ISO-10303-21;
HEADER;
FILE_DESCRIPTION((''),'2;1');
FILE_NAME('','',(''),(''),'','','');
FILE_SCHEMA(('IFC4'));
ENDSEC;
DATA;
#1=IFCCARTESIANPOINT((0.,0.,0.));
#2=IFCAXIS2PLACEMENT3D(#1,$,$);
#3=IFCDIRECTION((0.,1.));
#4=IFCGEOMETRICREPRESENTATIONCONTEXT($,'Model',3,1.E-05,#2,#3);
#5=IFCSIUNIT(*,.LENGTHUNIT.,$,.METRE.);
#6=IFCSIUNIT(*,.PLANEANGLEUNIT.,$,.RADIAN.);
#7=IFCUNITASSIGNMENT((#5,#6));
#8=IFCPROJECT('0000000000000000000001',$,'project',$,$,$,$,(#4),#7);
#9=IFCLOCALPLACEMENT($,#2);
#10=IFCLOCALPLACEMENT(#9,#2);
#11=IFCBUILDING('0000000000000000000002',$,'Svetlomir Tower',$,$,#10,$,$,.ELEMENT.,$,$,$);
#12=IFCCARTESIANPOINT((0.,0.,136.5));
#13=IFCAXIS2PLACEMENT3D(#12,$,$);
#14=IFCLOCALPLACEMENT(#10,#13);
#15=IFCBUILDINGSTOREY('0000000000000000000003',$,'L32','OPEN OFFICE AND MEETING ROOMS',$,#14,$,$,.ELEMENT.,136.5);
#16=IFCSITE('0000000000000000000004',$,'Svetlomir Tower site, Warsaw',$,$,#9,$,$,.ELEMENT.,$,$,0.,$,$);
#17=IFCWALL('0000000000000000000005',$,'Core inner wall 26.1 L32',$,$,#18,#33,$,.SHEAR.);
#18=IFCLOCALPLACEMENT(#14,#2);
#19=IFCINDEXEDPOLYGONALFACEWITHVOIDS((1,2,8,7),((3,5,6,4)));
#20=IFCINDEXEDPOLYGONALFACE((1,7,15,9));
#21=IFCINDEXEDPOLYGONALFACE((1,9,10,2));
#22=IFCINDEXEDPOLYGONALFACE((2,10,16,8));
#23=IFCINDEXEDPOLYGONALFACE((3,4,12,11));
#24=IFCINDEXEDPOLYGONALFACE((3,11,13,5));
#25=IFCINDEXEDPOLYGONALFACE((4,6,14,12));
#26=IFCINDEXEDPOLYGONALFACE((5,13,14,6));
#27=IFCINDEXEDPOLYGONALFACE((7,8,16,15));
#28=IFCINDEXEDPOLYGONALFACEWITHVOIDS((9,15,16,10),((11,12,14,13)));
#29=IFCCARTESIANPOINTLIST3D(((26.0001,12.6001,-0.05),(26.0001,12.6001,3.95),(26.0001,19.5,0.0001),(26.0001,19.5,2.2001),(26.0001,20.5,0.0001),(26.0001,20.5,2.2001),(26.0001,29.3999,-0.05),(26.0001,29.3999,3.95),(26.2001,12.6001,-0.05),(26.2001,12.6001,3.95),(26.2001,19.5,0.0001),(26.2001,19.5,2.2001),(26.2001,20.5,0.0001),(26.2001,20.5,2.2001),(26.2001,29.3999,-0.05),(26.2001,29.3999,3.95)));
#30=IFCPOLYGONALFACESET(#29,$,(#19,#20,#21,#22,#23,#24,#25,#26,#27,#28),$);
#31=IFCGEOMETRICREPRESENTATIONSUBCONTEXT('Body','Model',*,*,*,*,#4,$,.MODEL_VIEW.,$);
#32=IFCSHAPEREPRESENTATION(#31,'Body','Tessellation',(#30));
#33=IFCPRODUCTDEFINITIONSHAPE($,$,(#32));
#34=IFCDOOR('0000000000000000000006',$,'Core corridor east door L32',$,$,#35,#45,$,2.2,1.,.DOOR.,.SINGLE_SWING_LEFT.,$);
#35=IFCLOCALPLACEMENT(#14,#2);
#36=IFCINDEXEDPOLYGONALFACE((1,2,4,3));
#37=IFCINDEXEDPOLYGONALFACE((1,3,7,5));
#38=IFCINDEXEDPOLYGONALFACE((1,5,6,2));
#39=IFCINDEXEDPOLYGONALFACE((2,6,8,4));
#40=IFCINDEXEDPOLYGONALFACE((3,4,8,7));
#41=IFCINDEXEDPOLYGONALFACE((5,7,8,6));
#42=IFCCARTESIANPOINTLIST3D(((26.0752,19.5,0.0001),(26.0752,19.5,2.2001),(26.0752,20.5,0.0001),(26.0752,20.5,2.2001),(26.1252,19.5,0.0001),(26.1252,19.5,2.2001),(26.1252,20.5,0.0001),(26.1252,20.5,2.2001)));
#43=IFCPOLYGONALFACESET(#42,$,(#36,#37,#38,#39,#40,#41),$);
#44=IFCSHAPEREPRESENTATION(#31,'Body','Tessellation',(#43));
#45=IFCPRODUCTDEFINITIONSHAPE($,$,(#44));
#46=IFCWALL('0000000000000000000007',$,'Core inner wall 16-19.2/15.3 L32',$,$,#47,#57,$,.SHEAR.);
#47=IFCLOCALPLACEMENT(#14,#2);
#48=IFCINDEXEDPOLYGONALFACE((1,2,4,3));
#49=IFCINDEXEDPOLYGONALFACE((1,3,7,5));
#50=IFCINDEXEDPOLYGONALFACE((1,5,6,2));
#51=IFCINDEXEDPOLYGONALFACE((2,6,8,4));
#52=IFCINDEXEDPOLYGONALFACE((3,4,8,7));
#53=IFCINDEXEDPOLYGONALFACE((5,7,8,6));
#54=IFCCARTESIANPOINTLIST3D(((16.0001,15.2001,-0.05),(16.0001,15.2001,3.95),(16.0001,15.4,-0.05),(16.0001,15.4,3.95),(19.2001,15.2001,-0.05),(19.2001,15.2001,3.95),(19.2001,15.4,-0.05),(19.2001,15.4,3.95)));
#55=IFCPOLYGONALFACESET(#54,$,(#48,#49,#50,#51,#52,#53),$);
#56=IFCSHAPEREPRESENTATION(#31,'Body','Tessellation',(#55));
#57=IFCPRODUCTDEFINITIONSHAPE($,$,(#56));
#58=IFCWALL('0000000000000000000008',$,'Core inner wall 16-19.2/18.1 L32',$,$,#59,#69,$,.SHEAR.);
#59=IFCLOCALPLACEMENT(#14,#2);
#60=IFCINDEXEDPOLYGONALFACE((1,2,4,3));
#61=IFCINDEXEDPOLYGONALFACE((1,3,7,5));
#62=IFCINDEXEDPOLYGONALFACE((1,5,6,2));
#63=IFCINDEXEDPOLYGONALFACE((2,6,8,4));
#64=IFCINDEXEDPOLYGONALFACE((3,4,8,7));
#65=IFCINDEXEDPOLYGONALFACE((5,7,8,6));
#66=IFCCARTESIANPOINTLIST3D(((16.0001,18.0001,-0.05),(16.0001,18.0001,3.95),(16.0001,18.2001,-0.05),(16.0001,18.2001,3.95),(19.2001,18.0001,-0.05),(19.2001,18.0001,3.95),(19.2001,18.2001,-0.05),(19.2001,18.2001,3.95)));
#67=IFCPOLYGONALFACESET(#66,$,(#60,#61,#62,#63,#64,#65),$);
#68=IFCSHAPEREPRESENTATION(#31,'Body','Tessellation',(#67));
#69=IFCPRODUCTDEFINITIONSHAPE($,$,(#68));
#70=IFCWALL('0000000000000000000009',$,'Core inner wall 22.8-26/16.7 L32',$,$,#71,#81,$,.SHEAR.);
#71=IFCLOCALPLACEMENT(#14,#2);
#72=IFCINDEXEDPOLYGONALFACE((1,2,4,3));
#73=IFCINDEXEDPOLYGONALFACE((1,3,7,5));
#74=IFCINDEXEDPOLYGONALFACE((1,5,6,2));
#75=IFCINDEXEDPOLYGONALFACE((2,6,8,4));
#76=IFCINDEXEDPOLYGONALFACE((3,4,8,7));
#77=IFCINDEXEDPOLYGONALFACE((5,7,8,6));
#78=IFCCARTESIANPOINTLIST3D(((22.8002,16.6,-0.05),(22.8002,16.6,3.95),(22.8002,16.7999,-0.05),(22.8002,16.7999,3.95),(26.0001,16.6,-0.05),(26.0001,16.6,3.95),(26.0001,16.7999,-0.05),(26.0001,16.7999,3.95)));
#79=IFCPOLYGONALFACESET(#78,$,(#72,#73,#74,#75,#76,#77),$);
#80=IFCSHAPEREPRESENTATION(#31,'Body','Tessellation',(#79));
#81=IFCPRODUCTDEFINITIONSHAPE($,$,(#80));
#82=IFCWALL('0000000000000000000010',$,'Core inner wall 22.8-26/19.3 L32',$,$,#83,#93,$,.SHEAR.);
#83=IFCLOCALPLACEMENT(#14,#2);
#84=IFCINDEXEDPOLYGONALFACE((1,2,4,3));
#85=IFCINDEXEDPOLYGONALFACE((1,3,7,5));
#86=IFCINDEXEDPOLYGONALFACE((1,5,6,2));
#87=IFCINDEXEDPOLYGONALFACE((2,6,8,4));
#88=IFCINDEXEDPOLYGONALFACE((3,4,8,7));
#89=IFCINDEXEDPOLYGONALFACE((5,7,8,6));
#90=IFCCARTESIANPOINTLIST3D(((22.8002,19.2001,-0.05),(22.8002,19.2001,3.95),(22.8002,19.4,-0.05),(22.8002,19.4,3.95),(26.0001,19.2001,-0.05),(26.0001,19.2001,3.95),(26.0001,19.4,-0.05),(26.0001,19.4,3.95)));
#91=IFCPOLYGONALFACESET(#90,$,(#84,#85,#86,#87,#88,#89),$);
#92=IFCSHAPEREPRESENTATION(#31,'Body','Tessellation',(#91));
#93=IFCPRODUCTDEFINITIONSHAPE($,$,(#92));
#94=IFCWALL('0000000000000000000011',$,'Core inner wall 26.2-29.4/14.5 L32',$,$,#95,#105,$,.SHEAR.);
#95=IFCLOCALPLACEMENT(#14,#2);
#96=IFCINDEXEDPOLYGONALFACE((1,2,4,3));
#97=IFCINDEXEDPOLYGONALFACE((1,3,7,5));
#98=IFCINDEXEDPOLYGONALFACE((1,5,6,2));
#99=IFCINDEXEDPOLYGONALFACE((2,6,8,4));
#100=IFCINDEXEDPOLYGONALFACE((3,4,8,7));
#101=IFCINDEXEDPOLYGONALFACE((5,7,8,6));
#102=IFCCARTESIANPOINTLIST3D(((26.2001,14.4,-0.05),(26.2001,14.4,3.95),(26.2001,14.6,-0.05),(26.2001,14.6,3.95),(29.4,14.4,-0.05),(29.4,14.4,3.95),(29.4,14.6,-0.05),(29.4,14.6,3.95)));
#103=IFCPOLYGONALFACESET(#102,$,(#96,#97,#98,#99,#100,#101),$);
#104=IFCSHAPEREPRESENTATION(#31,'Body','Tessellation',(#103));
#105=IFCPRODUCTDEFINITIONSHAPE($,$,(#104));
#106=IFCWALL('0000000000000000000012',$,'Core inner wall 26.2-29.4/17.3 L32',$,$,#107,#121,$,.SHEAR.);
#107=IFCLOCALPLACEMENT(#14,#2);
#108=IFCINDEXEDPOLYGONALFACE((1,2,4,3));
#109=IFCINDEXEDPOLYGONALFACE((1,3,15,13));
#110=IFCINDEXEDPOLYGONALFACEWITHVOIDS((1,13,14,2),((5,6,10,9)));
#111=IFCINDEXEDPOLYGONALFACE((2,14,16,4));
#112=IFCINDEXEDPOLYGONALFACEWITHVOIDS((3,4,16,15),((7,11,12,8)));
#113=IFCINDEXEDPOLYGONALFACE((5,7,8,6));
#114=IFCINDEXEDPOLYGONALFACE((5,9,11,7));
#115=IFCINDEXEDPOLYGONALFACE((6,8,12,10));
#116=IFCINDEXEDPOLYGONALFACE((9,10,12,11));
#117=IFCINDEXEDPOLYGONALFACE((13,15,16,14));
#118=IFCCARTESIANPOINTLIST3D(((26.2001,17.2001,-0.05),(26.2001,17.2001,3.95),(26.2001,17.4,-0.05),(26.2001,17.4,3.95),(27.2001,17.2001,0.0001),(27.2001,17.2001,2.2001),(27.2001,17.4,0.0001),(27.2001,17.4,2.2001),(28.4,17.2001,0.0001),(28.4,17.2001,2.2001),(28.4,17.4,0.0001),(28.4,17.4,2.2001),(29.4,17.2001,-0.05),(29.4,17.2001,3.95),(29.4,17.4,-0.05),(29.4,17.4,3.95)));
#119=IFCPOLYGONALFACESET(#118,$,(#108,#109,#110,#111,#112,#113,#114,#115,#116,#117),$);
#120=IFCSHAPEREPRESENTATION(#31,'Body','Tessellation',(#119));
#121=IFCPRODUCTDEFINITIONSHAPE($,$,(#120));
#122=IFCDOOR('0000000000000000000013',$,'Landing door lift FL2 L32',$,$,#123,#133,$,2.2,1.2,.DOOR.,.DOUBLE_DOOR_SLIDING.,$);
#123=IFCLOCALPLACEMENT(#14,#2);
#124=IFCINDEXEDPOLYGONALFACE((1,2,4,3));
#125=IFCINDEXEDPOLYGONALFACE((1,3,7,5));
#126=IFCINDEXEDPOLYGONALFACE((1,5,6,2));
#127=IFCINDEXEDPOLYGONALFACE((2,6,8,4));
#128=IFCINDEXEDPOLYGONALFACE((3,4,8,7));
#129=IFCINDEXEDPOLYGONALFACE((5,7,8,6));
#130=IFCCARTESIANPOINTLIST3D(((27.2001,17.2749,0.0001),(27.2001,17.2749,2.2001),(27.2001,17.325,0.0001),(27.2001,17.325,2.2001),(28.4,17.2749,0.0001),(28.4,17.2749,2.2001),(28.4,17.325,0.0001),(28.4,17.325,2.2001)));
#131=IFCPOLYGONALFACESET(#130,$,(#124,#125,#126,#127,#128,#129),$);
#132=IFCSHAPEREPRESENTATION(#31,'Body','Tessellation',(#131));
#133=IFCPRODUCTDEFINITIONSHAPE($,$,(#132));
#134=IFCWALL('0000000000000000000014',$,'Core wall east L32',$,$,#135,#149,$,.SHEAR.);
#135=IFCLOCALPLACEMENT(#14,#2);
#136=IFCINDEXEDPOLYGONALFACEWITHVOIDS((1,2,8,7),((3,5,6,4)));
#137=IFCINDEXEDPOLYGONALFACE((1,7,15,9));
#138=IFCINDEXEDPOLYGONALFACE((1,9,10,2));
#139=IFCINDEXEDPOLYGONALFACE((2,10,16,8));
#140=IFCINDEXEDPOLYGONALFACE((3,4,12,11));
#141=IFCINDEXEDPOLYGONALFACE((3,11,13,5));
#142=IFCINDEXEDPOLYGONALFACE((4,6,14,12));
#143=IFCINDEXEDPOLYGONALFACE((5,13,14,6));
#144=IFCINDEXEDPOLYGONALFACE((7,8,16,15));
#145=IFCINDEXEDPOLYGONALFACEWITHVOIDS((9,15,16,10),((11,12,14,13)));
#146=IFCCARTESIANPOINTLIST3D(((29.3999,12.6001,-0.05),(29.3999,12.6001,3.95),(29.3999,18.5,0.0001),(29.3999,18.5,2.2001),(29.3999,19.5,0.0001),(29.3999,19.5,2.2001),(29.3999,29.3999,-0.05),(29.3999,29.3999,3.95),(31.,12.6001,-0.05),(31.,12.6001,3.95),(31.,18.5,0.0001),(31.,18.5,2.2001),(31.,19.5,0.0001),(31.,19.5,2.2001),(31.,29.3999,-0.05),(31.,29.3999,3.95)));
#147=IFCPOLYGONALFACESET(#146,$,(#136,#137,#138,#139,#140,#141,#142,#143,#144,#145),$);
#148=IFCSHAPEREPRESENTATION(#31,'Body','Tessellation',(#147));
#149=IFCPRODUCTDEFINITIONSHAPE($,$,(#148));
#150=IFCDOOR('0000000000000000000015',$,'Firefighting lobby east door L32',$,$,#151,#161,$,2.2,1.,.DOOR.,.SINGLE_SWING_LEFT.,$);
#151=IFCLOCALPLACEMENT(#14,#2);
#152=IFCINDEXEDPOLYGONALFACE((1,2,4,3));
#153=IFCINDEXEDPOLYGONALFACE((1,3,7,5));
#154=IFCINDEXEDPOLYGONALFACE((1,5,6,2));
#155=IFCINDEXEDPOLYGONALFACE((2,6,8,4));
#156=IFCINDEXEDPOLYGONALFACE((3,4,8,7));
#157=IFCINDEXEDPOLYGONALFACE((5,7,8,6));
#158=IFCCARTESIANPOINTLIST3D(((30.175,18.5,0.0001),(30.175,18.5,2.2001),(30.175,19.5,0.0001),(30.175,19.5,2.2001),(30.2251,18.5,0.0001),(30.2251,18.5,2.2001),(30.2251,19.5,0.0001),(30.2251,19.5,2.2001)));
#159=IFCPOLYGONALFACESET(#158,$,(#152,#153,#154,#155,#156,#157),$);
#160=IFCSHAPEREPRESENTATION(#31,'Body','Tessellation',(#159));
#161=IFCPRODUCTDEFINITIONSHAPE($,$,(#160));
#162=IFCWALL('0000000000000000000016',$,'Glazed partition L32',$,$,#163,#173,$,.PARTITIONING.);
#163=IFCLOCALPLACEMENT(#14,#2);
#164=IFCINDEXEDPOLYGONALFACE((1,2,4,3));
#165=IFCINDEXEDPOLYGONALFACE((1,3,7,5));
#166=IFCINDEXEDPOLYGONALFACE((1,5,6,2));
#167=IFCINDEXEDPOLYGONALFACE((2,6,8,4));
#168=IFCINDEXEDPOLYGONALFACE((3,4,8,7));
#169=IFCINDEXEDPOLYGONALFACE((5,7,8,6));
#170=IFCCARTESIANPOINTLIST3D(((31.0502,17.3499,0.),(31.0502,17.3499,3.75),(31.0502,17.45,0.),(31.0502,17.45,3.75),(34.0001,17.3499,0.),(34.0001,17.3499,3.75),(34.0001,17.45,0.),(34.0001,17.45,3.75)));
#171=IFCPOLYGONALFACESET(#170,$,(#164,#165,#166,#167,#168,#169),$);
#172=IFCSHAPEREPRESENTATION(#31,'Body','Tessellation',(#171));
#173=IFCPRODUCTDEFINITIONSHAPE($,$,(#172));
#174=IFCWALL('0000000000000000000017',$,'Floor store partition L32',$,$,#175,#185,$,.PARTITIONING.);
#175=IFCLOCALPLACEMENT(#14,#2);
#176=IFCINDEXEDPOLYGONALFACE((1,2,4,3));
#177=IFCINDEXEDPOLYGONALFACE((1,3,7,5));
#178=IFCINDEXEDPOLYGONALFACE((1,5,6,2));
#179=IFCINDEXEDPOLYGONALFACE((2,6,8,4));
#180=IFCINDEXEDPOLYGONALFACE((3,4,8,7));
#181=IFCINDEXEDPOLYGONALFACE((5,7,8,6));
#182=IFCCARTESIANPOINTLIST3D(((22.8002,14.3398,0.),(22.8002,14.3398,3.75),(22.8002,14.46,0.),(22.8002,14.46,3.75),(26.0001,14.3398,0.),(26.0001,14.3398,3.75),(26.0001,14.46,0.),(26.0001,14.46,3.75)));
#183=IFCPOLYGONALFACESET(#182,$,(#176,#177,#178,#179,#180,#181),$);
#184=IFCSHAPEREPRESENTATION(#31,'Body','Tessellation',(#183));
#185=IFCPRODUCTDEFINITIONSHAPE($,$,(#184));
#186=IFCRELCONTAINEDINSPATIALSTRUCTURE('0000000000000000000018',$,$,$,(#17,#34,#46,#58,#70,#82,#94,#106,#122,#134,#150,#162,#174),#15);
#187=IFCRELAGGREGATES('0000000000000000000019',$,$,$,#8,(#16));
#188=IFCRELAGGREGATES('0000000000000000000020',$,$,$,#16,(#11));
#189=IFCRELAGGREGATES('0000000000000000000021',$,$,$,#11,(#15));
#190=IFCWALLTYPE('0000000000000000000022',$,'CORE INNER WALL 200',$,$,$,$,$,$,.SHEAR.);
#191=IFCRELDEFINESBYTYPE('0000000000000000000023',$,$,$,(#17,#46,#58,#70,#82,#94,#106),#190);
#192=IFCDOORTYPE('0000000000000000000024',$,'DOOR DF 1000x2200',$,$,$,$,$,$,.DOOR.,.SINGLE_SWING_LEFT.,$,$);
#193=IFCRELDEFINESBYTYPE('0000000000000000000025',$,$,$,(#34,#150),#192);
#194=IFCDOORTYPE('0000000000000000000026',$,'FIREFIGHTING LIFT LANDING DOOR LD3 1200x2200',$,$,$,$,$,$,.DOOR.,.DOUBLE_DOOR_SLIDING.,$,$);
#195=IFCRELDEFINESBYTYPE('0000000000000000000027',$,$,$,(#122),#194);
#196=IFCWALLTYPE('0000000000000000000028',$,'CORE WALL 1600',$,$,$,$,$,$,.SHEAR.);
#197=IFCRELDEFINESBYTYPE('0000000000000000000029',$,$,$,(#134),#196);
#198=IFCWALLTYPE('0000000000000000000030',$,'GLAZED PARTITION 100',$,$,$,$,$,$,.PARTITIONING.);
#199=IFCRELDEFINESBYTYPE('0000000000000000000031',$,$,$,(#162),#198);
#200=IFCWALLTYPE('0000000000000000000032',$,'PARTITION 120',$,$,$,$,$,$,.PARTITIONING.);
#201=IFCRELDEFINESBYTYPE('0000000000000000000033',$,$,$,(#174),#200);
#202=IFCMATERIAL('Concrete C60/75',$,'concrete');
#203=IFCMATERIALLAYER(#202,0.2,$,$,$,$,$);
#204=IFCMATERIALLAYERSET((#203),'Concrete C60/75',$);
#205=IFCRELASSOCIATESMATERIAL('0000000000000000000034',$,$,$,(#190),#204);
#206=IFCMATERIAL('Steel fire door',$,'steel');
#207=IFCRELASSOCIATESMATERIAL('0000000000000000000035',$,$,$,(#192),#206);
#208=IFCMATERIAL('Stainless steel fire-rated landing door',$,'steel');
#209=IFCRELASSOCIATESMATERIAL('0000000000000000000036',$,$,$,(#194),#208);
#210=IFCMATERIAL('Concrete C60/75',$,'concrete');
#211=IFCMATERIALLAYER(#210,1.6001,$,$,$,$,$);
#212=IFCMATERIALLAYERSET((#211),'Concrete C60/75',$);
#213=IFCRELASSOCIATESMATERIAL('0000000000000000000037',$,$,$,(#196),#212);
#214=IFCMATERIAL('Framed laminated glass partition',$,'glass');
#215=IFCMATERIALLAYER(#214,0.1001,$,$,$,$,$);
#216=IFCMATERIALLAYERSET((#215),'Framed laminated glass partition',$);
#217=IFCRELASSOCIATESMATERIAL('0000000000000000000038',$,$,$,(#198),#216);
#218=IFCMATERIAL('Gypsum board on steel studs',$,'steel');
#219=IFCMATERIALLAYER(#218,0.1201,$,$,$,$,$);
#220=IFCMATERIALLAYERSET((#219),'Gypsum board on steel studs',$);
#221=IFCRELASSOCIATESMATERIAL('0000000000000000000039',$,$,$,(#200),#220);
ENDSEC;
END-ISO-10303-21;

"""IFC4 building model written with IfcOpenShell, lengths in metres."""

from ifc_helpers import new_model, si_unit, direction, frame, frame_2d, origin, place, context, subcontext, project, spatial, rectangle, extrude, material, layer, layer_set, type_object, element, fill, save


model = new_model("IFC4")

# Units and contexts
model_context = context("Model", 3, precision=1e-05, world=origin(), true_north=direction((0.0, 1.0)))
body_context = subcontext(model_context, "Body", "Model", "MODEL_VIEW")
ifc_project = project(units=[si_unit("LENGTHUNIT", "METRE"), si_unit("PLANEANGLEUNIT", "RADIAN")], contexts=[model_context])

# Site, building, storey
site_placement = place(None, origin())
site = spatial("IfcSite", under=ifc_project, at=site_placement, Name="Svetlomir Tower site, Warsaw", CompositionType="ELEMENT", RefElevation=0.0)
building_placement = place(site_placement, origin())
building = spatial("IfcBuilding", under=site, at=building_placement, Name="Svetlomir Tower", CompositionType="ELEMENT")
storey_placement = place(building_placement, frame((0.0, 0.0, 136.5)))
storey = spatial("IfcBuildingStorey", under=building, at=storey_placement, Name="L32", Description="OPEN OFFICE AND MEETING ROOMS", CompositionType="ELEMENT", Elevation=136.5)

# Wall, opening, door
ifc_material_1 = material(Name="Concrete C60/75", Category="concrete")
ifc_layer_1 = layer(ifc_material_1, 0.2)
ifc_layer_set_1 = layer_set([ifc_layer_1], Name="Concrete C60/75")
wall_type_1 = type_object("IfcWallType", Name="CORE INNER WALL 200", PredefinedType="SHEAR", material=ifc_layer_set_1)
wall_1_placement = place(storey_placement, frame((26.1001, 12.6001, -0.05), z_axis=(0.0, 0.0, 1.0), x_axis=(0.0, 1.0, 0.0)))
wall_1 = element("IfcWall", 1, at=wall_1_placement, inside=storey, type_object=wall_type_1, Name="Core inner wall 26.1 L32", PredefinedType="SHEAR", context=body_context, shape_type="SweptSolid", body=[
    extrude(rectangle(XDim=16.7998, YDim=0.2, at=frame_2d((8.3999, 0.0))), origin(), (0.0, 0.0, 1.0), 4.0),
])
opening_1_placement = place(wall_1_placement, frame((6.8999, 0.0, 0.05)))
opening_1 = element("IfcOpeningElement", 2, at=opening_1_placement, cuts=wall_1, PredefinedType="OPENING", context=body_context, shape_type="SweptSolid", body=[
    extrude(rectangle(XDim=1.0, YDim=2.2, at=frame_2d((0.5, 1.1001))), frame((0.0, 0.1099, 0.0), z_axis=(0.0, -1.0, 0.0), x_axis=(1.0, 0.0, 0.0)), (0.0, 0.0, 1.0), 0.22),
])
ifc_material_2 = material(Name="Steel fire door", Category="steel")
door_type_1 = type_object("IfcDoorType", Name="DOOR DF 1000x2200", OperationType="SINGLE_SWING_LEFT", PredefinedType="DOOR", material=ifc_material_2)
door_1_placement = place(opening_1_placement, origin())
door_1 = element("IfcDoor", 3, at=door_1_placement, inside=storey, type_object=door_type_1, Name="Core corridor east door L32", OperationType="SINGLE_SWING_LEFT", OverallHeight=2.2, OverallWidth=1.0, PredefinedType="DOOR", context=body_context, shape_type="SweptSolid", body=[
    extrude(rectangle(XDim=1.0, YDim=2.2, at=frame_2d((0.5, 1.1001))), frame((0.0, 0.0249, 0.0), z_axis=(0.0, -1.0, 0.0), x_axis=(1.0, 0.0, 0.0)), (0.0, 0.0, 1.0), 0.05),
])
fill(opening_1, door_1)

# Walls
for number, where, z_axis, x_axis, name in (
    (4, (16.0, 15.3, -0.05), (0.0, 0.0, 1.0), (1.0, 0.0, 0.0), "Core inner wall 16-19.2/15.3 L32"),
    (5, (16.0, 18.1001, -0.05), (0.0, 0.0, 1.0), (1.0, 0.0, 0.0), "Core inner wall 16-19.2/18.1 L32"),
    (6, (22.8, 16.7, -0.05), (0.0, 0.0, 1.0), (1.0, 0.0, 0.0), "Core inner wall 22.8-26/16.7 L32"),
    (7, (22.8, 19.3, -0.05), (0.0, 0.0, 1.0), (1.0, 0.0, 0.0), "Core inner wall 22.8-26/19.3 L32"),
    (8, (26.2, 14.5, -0.05), (0.0, 0.0, 1.0), (1.0, 0.0, 0.0), "Core inner wall 26.2-29.4/14.5 L32"),
):
    element("IfcWall", number, at=place(storey_placement, frame(where, z_axis=z_axis, x_axis=x_axis)), inside=storey, type_object=wall_type_1, Name=name, PredefinedType="SHEAR", context=body_context, shape_type="SweptSolid", body=[
        extrude(rectangle(XDim=3.2, YDim=0.2, at=frame_2d((1.6001, 0.0))), origin(), (0.0, 0.0, 1.0), 4.0),
    ])

# Walls, openings, doors
wall_2_placement = place(storey_placement, frame((26.2, 17.3, -0.05), z_axis=(0.0, 0.0, 1.0), x_axis=(1.0, 0.0, 0.0)))
wall_2 = element("IfcWall", 9, at=wall_2_placement, inside=storey, type_object=wall_type_1, Name="Core inner wall 26.2-29.4/17.3 L32", PredefinedType="SHEAR", context=body_context, shape_type="SweptSolid", body=[
    extrude(rectangle(XDim=3.2, YDim=0.2, at=frame_2d((1.6001, 0.0))), origin(), (0.0, 0.0, 1.0), 4.0),
])
opening_2_placement = place(wall_2_placement, frame((1.0, 0.0, 0.05)))
opening_2 = element("IfcOpeningElement", 10, at=opening_2_placement, cuts=wall_2, PredefinedType="OPENING", context=body_context, shape_type="SweptSolid", body=[
    extrude(rectangle(XDim=1.2, YDim=2.2, at=frame_2d((0.6001, 1.1001))), frame((0.0, 0.1099, 0.0), z_axis=(0.0, -1.0, 0.0), x_axis=(1.0, 0.0, 0.0)), (0.0, 0.0, 1.0), 0.22),
])
ifc_material_3 = material(Name="Stainless steel fire-rated landing door", Category="steel")
door_type_2 = type_object("IfcDoorType", Name="FIREFIGHTING LIFT LANDING DOOR LD3 1200x2200", OperationType="DOUBLE_DOOR_SLIDING", PredefinedType="DOOR", material=ifc_material_3)
door_2_placement = place(opening_2_placement, origin())
door_2 = element("IfcDoor", 11, at=door_2_placement, inside=storey, type_object=door_type_2, Name="Landing door lift FL2 L32", OperationType="DOUBLE_DOOR_SLIDING", OverallHeight=2.2, OverallWidth=1.2, PredefinedType="DOOR", context=body_context, shape_type="SweptSolid", body=[
    extrude(rectangle(XDim=1.2, YDim=2.2, at=frame_2d((0.6001, 1.1001))), frame((0.0, 0.0249, 0.0), z_axis=(0.0, -1.0, 0.0), x_axis=(1.0, 0.0, 0.0)), (0.0, 0.0, 1.0), 0.05),
])
fill(opening_2, door_2)
ifc_material_4 = material(Name="Concrete C60/75", Category="concrete")
ifc_layer_2 = layer(ifc_material_4, 1.6001)
ifc_layer_set_2 = layer_set([ifc_layer_2], Name="Concrete C60/75")
wall_type_2 = type_object("IfcWallType", Name="CORE WALL 1600", PredefinedType="SHEAR", material=ifc_layer_set_2)
wall_3_placement = place(storey_placement, frame((30.2, 12.6001, -0.05), z_axis=(0.0, 0.0, 1.0), x_axis=(0.0, 1.0, 0.0)))
wall_3 = element("IfcWall", 12, at=wall_3_placement, inside=storey, type_object=wall_type_2, Name="Core wall east L32", PredefinedType="SHEAR", context=body_context, shape_type="SweptSolid", body=[
    extrude(rectangle(XDim=16.7998, YDim=1.6001, at=frame_2d((8.3999, 0.0))), origin(), (0.0, 0.0, 1.0), 4.0),
])
opening_3_placement = place(wall_3_placement, frame((5.8999, 0.0, 0.05)))
opening_3 = element("IfcOpeningElement", 13, at=opening_3_placement, cuts=wall_3, PredefinedType="OPENING", context=body_context, shape_type="SweptSolid", body=[
    extrude(rectangle(XDim=1.0, YDim=2.2, at=frame_2d((0.5, 1.1001))), frame((0.0, 0.8101, 0.0), z_axis=(0.0, -1.0, 0.0), x_axis=(1.0, 0.0, 0.0)), (0.0, 0.0, 1.0), 1.6201),
])
door_3_placement = place(opening_3_placement, origin())
door_3 = element("IfcDoor", 14, at=door_3_placement, inside=storey, type_object=door_type_1, Name="Firefighting lobby east door L32", OperationType="SINGLE_SWING_LEFT", OverallHeight=2.2, OverallWidth=1.0, PredefinedType="DOOR", context=body_context, shape_type="SweptSolid", body=[
    extrude(rectangle(XDim=1.0, YDim=2.2, at=frame_2d((0.5, 1.1001))), frame((0.0, 0.0249, 0.0), z_axis=(0.0, -1.0, 0.0), x_axis=(1.0, 0.0, 0.0)), (0.0, 0.0, 1.0), 0.05),
])
fill(opening_3, door_3)

# Walls
ifc_material_5 = material(Name="Framed laminated glass partition", Category="glass")
ifc_layer_3 = layer(ifc_material_5, 0.1001)
ifc_layer_set_3 = layer_set([ifc_layer_3], Name="Framed laminated glass partition")
wall_type_3 = type_object("IfcWallType", Name="GLAZED PARTITION 100", PredefinedType="PARTITIONING", material=ifc_layer_set_3)
wall_4_placement = place(storey_placement, frame((31.05, 17.3999, 0.0), z_axis=(0.0, 0.0, 1.0), x_axis=(1.0, 0.0, 0.0)))
element("IfcWall", 15, at=wall_4_placement, inside=storey, type_object=wall_type_3, Name="Glazed partition L32", PredefinedType="PARTITIONING", context=body_context, shape_type="SweptSolid", body=[
    extrude(rectangle(XDim=2.95, YDim=0.1001, at=frame_2d((1.4751, 0.0))), origin(), (0.0, 0.0, 1.0), 3.75),
])
ifc_material_6 = material(Name="Gypsum board on steel studs", Category="steel")
ifc_layer_4 = layer(ifc_material_6, 0.1201)
ifc_layer_set_4 = layer_set([ifc_layer_4], Name="Gypsum board on steel studs")
wall_type_4 = type_object("IfcWallType", Name="PARTITION 120", PredefinedType="PARTITIONING", material=ifc_layer_set_4)
wall_5_placement = place(storey_placement, frame((22.8, 14.3999, 0.0), z_axis=(0.0, 0.0, 1.0), x_axis=(1.0, 0.0, 0.0)))
element("IfcWall", 16, at=wall_5_placement, inside=storey, type_object=wall_type_4, Name="Floor store partition L32", PredefinedType="PARTITIONING", context=body_context, shape_type="SweptSolid", body=[
    extrude(rectangle(XDim=3.2, YDim=0.1201, at=frame_2d((1.6001, 0.0))), origin(), (0.0, 0.0, 1.0), 3.75),
])

save(model, "model.ifc")
